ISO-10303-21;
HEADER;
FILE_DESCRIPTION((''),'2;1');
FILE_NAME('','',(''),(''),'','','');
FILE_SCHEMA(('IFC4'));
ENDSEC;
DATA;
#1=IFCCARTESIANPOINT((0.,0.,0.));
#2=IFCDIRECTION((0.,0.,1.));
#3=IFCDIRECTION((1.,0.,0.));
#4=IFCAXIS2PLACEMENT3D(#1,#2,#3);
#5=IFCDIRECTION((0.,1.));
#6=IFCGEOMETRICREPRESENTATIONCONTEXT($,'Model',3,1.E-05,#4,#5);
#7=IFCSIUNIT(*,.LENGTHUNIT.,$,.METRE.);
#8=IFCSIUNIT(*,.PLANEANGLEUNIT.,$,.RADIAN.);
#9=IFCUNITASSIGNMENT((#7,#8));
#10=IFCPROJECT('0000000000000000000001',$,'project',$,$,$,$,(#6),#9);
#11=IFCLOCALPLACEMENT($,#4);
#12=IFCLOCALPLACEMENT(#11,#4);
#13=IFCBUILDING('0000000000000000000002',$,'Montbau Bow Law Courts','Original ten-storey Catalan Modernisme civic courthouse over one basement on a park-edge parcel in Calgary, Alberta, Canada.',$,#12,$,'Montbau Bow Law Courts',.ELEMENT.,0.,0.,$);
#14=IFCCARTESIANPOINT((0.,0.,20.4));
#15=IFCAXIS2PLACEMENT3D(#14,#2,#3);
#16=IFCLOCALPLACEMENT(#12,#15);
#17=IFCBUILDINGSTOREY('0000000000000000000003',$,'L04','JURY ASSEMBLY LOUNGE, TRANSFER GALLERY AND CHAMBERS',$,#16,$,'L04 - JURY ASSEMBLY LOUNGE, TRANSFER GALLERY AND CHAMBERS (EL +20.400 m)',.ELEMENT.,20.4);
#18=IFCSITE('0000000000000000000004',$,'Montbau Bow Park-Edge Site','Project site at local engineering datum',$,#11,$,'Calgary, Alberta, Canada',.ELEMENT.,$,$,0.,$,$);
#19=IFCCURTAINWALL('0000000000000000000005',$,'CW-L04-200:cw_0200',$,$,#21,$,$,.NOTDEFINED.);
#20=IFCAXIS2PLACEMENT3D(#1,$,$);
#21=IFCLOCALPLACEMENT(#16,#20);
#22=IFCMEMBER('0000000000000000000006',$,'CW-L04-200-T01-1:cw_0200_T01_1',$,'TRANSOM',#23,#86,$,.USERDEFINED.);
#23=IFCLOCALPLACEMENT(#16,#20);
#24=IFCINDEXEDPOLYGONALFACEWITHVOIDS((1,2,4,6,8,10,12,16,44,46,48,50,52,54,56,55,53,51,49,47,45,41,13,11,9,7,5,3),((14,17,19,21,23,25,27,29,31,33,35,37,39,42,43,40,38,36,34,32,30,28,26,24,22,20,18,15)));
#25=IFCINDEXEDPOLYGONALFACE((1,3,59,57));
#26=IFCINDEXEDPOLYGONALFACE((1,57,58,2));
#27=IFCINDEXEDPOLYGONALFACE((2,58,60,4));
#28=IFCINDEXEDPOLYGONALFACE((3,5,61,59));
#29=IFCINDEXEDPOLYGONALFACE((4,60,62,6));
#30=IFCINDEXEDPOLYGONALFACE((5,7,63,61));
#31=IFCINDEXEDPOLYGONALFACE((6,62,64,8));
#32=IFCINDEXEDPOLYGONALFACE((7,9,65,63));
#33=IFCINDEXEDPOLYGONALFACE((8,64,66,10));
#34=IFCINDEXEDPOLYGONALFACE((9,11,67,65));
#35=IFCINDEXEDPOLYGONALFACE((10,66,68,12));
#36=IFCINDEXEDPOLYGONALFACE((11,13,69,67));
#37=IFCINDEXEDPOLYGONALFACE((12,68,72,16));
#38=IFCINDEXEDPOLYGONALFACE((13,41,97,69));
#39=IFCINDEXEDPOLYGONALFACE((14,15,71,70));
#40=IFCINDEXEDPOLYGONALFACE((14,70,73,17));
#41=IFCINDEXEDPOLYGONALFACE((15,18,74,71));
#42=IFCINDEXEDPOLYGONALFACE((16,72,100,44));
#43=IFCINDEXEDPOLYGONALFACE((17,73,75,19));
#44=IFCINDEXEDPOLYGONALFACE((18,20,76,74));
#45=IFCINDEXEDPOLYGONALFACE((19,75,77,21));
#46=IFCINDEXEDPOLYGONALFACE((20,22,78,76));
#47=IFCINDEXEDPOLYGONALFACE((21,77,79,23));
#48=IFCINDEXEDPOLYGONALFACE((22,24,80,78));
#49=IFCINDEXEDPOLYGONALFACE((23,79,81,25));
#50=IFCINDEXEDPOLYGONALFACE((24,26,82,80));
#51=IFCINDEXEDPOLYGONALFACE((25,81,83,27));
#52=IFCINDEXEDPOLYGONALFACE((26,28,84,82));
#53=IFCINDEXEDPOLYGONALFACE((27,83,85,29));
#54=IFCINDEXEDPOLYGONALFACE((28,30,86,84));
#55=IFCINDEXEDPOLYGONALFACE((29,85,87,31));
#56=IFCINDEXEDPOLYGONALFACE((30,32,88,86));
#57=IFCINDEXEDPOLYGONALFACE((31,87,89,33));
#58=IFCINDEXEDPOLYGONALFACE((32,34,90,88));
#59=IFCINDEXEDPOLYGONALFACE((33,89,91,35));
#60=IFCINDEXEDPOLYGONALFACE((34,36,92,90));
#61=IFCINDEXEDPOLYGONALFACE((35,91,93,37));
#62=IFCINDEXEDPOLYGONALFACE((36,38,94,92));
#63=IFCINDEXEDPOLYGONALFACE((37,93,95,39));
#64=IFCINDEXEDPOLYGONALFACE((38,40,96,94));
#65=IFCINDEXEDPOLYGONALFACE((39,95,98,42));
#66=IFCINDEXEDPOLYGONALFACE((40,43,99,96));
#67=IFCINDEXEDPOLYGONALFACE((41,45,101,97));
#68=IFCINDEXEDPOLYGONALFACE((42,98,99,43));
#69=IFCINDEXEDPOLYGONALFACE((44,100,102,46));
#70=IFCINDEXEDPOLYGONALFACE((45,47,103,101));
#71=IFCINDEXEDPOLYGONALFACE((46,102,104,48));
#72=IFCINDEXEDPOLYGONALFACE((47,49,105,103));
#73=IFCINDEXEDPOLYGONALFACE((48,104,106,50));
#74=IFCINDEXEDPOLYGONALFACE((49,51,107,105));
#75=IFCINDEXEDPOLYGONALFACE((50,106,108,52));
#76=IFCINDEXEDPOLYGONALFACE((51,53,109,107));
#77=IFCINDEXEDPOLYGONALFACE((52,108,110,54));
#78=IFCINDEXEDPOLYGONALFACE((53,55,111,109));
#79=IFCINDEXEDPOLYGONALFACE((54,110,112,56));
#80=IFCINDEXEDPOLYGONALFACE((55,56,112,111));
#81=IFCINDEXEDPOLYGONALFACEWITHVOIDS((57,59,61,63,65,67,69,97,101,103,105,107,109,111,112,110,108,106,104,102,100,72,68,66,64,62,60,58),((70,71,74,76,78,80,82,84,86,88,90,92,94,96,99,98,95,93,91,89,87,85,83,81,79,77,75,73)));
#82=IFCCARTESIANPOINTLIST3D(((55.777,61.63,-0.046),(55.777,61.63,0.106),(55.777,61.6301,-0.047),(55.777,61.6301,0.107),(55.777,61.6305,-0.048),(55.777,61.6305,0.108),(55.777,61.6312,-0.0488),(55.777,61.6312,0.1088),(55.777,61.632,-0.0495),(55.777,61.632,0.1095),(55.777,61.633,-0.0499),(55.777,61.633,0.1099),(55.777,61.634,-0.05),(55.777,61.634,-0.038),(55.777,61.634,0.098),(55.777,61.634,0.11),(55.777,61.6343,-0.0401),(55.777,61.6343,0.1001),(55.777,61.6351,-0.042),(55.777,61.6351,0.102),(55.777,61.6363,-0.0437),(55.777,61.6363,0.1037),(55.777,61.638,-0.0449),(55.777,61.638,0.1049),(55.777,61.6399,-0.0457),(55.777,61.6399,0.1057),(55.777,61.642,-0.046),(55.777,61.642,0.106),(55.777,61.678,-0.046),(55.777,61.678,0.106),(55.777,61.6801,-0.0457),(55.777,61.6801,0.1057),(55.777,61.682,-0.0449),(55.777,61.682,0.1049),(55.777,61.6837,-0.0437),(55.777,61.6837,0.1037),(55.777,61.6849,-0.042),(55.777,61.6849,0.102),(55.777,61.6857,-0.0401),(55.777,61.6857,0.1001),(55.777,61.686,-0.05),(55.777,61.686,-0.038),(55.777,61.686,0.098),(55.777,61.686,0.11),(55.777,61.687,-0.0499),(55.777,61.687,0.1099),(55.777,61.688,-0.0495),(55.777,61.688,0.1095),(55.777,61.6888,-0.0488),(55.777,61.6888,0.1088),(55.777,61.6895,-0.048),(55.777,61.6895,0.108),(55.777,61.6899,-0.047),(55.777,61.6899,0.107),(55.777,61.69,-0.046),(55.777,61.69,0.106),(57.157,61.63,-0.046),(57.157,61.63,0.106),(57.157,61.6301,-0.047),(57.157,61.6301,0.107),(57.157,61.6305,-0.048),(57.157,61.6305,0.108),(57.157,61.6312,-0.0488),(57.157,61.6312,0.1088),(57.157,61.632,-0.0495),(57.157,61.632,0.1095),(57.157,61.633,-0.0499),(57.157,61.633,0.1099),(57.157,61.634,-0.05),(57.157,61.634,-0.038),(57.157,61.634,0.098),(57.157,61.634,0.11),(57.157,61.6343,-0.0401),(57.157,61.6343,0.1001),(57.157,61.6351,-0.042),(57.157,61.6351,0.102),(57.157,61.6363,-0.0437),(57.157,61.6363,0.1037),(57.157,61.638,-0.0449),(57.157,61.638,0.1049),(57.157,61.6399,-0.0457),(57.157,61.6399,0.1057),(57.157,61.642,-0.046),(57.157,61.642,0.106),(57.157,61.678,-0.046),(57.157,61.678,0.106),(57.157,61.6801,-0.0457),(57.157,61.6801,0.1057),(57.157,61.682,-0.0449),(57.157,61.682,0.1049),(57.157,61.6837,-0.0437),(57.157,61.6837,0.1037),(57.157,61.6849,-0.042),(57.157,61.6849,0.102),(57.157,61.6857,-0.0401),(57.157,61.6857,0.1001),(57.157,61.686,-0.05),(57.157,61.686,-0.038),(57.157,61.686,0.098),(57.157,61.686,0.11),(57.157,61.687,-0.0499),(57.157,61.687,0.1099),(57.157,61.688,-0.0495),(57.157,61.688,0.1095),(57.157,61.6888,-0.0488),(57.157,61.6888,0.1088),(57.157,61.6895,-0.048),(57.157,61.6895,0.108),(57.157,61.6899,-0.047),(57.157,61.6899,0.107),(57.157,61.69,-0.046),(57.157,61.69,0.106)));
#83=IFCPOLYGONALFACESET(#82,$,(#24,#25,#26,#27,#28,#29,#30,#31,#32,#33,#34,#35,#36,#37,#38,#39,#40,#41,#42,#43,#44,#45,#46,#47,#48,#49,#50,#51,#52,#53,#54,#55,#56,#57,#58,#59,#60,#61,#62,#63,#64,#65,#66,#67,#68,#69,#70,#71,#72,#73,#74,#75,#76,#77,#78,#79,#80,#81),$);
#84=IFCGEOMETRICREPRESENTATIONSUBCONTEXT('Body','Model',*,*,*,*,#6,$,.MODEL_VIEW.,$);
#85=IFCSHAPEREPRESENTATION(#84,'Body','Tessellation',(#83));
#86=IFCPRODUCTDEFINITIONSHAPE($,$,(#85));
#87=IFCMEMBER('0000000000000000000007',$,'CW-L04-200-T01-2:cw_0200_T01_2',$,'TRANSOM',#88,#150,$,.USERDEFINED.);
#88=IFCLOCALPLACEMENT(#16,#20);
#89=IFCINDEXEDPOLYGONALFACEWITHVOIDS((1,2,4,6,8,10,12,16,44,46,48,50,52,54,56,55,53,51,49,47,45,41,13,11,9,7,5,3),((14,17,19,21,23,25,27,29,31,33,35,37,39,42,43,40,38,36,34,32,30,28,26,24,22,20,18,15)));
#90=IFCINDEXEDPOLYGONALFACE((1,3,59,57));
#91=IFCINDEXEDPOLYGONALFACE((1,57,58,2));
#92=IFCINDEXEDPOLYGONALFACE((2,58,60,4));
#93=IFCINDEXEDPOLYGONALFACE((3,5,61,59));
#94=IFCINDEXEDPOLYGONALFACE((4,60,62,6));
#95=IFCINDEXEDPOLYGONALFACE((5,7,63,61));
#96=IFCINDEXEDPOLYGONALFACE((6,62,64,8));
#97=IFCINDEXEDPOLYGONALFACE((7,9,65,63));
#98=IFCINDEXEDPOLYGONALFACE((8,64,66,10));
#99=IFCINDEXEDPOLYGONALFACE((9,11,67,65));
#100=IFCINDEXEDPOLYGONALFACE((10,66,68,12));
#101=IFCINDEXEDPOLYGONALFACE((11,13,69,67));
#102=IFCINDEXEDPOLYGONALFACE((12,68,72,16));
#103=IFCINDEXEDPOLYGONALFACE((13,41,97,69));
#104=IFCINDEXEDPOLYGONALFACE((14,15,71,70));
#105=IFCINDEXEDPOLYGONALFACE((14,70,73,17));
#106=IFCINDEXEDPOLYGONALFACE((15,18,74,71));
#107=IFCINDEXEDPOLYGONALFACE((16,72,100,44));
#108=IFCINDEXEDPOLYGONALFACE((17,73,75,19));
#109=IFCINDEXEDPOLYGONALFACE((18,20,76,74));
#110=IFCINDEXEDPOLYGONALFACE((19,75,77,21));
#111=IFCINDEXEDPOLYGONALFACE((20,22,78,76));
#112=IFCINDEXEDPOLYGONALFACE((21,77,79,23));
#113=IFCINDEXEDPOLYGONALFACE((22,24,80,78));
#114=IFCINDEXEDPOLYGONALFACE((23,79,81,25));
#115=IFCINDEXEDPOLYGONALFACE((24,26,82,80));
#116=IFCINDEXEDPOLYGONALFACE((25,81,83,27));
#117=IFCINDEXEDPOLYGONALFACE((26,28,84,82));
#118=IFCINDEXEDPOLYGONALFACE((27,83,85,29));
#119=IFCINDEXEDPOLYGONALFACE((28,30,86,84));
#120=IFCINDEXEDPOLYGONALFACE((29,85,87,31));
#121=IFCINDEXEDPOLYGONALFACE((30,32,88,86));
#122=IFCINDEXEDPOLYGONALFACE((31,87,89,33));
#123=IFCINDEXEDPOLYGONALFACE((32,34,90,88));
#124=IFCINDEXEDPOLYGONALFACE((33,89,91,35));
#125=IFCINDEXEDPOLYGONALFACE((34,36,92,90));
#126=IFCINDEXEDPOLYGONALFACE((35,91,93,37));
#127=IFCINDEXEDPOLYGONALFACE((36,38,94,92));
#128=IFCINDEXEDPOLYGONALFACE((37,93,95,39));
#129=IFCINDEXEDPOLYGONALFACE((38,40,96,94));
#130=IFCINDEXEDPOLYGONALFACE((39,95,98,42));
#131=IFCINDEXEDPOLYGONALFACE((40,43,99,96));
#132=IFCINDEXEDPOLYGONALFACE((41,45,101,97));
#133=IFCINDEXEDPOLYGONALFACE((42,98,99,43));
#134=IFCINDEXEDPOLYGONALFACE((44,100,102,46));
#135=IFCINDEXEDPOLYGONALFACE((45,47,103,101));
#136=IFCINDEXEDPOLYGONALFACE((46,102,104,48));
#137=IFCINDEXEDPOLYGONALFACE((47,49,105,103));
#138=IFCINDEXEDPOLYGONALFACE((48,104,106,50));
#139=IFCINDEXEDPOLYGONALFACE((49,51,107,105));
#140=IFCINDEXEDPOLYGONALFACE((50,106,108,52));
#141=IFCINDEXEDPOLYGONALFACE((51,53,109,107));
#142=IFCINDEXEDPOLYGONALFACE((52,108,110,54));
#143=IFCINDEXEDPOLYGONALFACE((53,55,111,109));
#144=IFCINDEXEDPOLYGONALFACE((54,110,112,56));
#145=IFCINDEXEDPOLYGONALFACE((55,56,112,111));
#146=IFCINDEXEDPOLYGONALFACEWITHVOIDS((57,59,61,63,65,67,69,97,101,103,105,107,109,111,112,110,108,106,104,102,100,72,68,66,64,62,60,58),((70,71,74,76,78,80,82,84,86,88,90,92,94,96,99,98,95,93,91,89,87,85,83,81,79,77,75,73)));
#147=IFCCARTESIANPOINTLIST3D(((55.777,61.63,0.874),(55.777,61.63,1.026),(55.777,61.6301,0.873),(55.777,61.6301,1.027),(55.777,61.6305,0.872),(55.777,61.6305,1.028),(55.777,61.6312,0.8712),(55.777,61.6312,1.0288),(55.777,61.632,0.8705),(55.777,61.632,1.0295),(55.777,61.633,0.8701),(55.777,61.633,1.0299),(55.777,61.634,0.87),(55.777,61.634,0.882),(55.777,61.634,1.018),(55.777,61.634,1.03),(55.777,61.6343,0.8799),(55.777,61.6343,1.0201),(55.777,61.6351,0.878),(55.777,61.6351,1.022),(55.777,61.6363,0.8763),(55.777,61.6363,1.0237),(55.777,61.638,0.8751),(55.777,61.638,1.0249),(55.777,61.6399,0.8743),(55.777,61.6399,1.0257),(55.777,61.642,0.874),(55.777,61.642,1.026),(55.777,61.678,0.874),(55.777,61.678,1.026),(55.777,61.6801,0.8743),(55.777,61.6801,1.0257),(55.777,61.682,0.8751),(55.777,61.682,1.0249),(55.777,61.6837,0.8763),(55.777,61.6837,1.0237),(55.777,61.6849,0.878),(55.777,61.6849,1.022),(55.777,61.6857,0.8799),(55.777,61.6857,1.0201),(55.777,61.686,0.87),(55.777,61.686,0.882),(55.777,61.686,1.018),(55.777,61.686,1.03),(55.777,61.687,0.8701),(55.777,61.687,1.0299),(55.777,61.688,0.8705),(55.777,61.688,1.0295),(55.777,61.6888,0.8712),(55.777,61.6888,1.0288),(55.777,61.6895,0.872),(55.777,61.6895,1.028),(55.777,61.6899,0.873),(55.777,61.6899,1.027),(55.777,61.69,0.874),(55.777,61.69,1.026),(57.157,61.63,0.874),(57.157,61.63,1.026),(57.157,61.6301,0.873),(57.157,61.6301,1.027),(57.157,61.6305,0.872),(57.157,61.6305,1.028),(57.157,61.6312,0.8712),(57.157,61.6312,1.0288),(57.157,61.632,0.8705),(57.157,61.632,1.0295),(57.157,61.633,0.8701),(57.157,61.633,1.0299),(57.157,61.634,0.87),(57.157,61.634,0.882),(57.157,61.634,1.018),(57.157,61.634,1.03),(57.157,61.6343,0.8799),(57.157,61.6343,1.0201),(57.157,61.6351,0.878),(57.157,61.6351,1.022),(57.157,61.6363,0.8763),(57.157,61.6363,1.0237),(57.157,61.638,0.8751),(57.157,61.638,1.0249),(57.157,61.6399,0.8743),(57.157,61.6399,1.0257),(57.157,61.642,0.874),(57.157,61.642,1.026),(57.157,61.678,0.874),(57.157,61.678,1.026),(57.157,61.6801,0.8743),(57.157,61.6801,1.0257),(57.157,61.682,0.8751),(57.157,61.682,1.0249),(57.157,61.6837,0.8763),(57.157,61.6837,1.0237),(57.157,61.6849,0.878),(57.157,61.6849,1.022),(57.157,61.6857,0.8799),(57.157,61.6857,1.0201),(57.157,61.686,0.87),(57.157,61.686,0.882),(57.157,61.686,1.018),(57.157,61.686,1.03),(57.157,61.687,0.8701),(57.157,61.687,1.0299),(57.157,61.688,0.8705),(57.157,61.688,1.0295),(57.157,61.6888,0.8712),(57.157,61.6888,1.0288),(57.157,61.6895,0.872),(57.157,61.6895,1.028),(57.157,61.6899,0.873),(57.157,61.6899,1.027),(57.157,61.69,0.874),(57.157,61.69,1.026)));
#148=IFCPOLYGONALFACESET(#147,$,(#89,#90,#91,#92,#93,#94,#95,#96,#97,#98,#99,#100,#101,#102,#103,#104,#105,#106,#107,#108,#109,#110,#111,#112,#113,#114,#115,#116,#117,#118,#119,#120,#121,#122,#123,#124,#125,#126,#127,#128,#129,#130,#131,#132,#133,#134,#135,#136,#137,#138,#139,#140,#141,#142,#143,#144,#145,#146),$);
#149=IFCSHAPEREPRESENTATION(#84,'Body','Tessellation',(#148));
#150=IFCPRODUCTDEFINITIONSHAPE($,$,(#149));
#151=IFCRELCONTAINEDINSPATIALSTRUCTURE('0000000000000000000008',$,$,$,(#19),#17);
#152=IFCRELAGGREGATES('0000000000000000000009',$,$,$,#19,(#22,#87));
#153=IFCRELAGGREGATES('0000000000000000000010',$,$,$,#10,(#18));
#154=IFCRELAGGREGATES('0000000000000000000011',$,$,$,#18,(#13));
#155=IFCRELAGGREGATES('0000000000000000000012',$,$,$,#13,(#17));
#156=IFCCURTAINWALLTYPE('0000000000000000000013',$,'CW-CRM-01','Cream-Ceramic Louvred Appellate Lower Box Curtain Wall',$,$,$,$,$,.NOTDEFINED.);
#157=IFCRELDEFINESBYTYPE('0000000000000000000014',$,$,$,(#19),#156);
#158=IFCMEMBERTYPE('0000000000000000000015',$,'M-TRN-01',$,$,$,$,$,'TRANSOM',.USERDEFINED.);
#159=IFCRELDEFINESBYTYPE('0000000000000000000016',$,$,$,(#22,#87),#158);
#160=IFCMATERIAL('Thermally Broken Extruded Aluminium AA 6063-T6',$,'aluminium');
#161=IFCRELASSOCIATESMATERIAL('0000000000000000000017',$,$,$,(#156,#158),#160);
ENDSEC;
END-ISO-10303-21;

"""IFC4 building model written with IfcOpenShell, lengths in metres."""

from ifc_helpers import new_model, si_unit, direction, frame, origin_with_axes, origin_2d_with_axis, place, context, subcontext, project, spatial, hollow_rectangle, extrude, material, material_profile, profile_set, type_object, element, aggregate, save


model = new_model("IFC4")

# Units and contexts
model_context = context("Model", 3, precision=1e-05, world=origin_with_axes(), true_north=direction((0.0, 1.0)))
body_context = subcontext(model_context, "Body", "Model", "MODEL_VIEW")
ifc_project = project(units=[si_unit("LENGTHUNIT", "METRE"), si_unit("PLANEANGLEUNIT", "RADIAN")], contexts=[model_context])

# Site, building, storey
site_placement = place(None, origin_with_axes())
site = spatial("IfcSite", under=ifc_project, at=site_placement, Name="Montbau Bow Park-Edge Site", Description="Project site at local engineering datum", LongName="Calgary, Alberta, Canada", CompositionType="ELEMENT", RefElevation=0.0)
building_placement = place(site_placement, origin_with_axes())
building = spatial("IfcBuilding", under=site, at=building_placement, Name="Montbau Bow Law Courts", Description="Original ten-storey Catalan Modernisme civic courthouse over one basement on a park-edge parcel in Calgary, Alberta, Canada.", LongName="Montbau Bow Law Courts", CompositionType="ELEMENT", ElevationOfRefHeight=0.0, ElevationOfTerrain=0.0)
storey_placement = place(building_placement, frame((0.0, 0.0, 20.4), z_axis=(0.0, 0.0, 1.0), x_axis=(1.0, 0.0, 0.0)))
storey = spatial("IfcBuildingStorey", under=building, at=storey_placement, Name="L04", Description="JURY ASSEMBLY LOUNGE, TRANSFER GALLERY AND CHAMBERS", LongName="L04 - JURY ASSEMBLY LOUNGE, TRANSFER GALLERY AND CHAMBERS (EL +20.400 m)", CompositionType="ELEMENT", Elevation=20.4)

# Shared definitions
ifc_material_1 = material(Name="Thermally Broken Extruded Aluminium AA 6063-T6", Category="aluminium")
curtain_wall_type = type_object("IfcCurtainWallType", Name="CW-CRM-01", Description="Cream-Ceramic Louvred Appellate Lower Box Curtain Wall", PredefinedType="NOTDEFINED", material=ifc_material_1)

# Curtain wall, members
curtain_wall_1_placement = place(None, frame((55.715, 61.66, 20.4), z_axis=(0.0, 0.0, 1.0), x_axis=(1.0, 0.0, 0.0)))
curtain_wall_1 = element("IfcCurtainWall", 1, at=curtain_wall_1_placement, inside=storey, type_object=curtain_wall_type, Name="CW-L04-200:cw_0200", PredefinedType="NOTDEFINED")
ifc_material_profile_1 = material_profile(ifc_material_1, hollow_rectangle(XDim=0.06, YDim=0.16, WallThickness=0.004, InnerFilletRadius=0.008, OuterFilletRadius=0.004, at=origin_2d_with_axis()), Name="CWT-160X60", Category="Main", Priority=0)
ifc_profile_set_1 = profile_set([ifc_material_profile_1], Name="Thermally Broken Extruded Aluminium AA 6063-T6")
member_type_1 = type_object("IfcMemberType", Name="M-TRN-01", ElementType="TRANSOM", PredefinedType="USERDEFINED", material=ifc_profile_set_1)
member_1_placement = place(None, frame((55.777, 61.66, 20.43), z_axis=(1.0, 0.0, 0.0), x_axis=(0.0, 1.0, 0.0)))
member_1 = element("IfcMember", 2, at=member_1_placement, type_object=member_type_1, Name="CW-L04-200-T01-1:cw_0200_T01_1", ObjectType="TRANSOM", PredefinedType="USERDEFINED", context=body_context, shape_type="SweptSolid", body=[
    extrude(hollow_rectangle(XDim=0.06, YDim=0.16, WallThickness=0.004, InnerFilletRadius=0.008, OuterFilletRadius=0.004, at=origin_2d_with_axis()), origin_with_axes(), (0.0, 0.0, 1.0), 1.38),
])
member_2_placement = place(None, frame((55.777, 61.66, 21.35), z_axis=(1.0, 0.0, 0.0), x_axis=(0.0, 1.0, 0.0)))
member_2 = element("IfcMember", 3, at=member_2_placement, type_object=member_type_1, Name="CW-L04-200-T01-2:cw_0200_T01_2", ObjectType="TRANSOM", PredefinedType="USERDEFINED", context=body_context, shape_type="SweptSolid", body=[
    extrude(hollow_rectangle(XDim=0.06, YDim=0.16, WallThickness=0.004, InnerFilletRadius=0.008, OuterFilletRadius=0.004, at=origin_2d_with_axis()), origin_with_axes(), (0.0, 0.0, 1.0), 1.38),
])

aggregate(curtain_wall_1, [member_1, member_2])

save(model, "model.ifc")
